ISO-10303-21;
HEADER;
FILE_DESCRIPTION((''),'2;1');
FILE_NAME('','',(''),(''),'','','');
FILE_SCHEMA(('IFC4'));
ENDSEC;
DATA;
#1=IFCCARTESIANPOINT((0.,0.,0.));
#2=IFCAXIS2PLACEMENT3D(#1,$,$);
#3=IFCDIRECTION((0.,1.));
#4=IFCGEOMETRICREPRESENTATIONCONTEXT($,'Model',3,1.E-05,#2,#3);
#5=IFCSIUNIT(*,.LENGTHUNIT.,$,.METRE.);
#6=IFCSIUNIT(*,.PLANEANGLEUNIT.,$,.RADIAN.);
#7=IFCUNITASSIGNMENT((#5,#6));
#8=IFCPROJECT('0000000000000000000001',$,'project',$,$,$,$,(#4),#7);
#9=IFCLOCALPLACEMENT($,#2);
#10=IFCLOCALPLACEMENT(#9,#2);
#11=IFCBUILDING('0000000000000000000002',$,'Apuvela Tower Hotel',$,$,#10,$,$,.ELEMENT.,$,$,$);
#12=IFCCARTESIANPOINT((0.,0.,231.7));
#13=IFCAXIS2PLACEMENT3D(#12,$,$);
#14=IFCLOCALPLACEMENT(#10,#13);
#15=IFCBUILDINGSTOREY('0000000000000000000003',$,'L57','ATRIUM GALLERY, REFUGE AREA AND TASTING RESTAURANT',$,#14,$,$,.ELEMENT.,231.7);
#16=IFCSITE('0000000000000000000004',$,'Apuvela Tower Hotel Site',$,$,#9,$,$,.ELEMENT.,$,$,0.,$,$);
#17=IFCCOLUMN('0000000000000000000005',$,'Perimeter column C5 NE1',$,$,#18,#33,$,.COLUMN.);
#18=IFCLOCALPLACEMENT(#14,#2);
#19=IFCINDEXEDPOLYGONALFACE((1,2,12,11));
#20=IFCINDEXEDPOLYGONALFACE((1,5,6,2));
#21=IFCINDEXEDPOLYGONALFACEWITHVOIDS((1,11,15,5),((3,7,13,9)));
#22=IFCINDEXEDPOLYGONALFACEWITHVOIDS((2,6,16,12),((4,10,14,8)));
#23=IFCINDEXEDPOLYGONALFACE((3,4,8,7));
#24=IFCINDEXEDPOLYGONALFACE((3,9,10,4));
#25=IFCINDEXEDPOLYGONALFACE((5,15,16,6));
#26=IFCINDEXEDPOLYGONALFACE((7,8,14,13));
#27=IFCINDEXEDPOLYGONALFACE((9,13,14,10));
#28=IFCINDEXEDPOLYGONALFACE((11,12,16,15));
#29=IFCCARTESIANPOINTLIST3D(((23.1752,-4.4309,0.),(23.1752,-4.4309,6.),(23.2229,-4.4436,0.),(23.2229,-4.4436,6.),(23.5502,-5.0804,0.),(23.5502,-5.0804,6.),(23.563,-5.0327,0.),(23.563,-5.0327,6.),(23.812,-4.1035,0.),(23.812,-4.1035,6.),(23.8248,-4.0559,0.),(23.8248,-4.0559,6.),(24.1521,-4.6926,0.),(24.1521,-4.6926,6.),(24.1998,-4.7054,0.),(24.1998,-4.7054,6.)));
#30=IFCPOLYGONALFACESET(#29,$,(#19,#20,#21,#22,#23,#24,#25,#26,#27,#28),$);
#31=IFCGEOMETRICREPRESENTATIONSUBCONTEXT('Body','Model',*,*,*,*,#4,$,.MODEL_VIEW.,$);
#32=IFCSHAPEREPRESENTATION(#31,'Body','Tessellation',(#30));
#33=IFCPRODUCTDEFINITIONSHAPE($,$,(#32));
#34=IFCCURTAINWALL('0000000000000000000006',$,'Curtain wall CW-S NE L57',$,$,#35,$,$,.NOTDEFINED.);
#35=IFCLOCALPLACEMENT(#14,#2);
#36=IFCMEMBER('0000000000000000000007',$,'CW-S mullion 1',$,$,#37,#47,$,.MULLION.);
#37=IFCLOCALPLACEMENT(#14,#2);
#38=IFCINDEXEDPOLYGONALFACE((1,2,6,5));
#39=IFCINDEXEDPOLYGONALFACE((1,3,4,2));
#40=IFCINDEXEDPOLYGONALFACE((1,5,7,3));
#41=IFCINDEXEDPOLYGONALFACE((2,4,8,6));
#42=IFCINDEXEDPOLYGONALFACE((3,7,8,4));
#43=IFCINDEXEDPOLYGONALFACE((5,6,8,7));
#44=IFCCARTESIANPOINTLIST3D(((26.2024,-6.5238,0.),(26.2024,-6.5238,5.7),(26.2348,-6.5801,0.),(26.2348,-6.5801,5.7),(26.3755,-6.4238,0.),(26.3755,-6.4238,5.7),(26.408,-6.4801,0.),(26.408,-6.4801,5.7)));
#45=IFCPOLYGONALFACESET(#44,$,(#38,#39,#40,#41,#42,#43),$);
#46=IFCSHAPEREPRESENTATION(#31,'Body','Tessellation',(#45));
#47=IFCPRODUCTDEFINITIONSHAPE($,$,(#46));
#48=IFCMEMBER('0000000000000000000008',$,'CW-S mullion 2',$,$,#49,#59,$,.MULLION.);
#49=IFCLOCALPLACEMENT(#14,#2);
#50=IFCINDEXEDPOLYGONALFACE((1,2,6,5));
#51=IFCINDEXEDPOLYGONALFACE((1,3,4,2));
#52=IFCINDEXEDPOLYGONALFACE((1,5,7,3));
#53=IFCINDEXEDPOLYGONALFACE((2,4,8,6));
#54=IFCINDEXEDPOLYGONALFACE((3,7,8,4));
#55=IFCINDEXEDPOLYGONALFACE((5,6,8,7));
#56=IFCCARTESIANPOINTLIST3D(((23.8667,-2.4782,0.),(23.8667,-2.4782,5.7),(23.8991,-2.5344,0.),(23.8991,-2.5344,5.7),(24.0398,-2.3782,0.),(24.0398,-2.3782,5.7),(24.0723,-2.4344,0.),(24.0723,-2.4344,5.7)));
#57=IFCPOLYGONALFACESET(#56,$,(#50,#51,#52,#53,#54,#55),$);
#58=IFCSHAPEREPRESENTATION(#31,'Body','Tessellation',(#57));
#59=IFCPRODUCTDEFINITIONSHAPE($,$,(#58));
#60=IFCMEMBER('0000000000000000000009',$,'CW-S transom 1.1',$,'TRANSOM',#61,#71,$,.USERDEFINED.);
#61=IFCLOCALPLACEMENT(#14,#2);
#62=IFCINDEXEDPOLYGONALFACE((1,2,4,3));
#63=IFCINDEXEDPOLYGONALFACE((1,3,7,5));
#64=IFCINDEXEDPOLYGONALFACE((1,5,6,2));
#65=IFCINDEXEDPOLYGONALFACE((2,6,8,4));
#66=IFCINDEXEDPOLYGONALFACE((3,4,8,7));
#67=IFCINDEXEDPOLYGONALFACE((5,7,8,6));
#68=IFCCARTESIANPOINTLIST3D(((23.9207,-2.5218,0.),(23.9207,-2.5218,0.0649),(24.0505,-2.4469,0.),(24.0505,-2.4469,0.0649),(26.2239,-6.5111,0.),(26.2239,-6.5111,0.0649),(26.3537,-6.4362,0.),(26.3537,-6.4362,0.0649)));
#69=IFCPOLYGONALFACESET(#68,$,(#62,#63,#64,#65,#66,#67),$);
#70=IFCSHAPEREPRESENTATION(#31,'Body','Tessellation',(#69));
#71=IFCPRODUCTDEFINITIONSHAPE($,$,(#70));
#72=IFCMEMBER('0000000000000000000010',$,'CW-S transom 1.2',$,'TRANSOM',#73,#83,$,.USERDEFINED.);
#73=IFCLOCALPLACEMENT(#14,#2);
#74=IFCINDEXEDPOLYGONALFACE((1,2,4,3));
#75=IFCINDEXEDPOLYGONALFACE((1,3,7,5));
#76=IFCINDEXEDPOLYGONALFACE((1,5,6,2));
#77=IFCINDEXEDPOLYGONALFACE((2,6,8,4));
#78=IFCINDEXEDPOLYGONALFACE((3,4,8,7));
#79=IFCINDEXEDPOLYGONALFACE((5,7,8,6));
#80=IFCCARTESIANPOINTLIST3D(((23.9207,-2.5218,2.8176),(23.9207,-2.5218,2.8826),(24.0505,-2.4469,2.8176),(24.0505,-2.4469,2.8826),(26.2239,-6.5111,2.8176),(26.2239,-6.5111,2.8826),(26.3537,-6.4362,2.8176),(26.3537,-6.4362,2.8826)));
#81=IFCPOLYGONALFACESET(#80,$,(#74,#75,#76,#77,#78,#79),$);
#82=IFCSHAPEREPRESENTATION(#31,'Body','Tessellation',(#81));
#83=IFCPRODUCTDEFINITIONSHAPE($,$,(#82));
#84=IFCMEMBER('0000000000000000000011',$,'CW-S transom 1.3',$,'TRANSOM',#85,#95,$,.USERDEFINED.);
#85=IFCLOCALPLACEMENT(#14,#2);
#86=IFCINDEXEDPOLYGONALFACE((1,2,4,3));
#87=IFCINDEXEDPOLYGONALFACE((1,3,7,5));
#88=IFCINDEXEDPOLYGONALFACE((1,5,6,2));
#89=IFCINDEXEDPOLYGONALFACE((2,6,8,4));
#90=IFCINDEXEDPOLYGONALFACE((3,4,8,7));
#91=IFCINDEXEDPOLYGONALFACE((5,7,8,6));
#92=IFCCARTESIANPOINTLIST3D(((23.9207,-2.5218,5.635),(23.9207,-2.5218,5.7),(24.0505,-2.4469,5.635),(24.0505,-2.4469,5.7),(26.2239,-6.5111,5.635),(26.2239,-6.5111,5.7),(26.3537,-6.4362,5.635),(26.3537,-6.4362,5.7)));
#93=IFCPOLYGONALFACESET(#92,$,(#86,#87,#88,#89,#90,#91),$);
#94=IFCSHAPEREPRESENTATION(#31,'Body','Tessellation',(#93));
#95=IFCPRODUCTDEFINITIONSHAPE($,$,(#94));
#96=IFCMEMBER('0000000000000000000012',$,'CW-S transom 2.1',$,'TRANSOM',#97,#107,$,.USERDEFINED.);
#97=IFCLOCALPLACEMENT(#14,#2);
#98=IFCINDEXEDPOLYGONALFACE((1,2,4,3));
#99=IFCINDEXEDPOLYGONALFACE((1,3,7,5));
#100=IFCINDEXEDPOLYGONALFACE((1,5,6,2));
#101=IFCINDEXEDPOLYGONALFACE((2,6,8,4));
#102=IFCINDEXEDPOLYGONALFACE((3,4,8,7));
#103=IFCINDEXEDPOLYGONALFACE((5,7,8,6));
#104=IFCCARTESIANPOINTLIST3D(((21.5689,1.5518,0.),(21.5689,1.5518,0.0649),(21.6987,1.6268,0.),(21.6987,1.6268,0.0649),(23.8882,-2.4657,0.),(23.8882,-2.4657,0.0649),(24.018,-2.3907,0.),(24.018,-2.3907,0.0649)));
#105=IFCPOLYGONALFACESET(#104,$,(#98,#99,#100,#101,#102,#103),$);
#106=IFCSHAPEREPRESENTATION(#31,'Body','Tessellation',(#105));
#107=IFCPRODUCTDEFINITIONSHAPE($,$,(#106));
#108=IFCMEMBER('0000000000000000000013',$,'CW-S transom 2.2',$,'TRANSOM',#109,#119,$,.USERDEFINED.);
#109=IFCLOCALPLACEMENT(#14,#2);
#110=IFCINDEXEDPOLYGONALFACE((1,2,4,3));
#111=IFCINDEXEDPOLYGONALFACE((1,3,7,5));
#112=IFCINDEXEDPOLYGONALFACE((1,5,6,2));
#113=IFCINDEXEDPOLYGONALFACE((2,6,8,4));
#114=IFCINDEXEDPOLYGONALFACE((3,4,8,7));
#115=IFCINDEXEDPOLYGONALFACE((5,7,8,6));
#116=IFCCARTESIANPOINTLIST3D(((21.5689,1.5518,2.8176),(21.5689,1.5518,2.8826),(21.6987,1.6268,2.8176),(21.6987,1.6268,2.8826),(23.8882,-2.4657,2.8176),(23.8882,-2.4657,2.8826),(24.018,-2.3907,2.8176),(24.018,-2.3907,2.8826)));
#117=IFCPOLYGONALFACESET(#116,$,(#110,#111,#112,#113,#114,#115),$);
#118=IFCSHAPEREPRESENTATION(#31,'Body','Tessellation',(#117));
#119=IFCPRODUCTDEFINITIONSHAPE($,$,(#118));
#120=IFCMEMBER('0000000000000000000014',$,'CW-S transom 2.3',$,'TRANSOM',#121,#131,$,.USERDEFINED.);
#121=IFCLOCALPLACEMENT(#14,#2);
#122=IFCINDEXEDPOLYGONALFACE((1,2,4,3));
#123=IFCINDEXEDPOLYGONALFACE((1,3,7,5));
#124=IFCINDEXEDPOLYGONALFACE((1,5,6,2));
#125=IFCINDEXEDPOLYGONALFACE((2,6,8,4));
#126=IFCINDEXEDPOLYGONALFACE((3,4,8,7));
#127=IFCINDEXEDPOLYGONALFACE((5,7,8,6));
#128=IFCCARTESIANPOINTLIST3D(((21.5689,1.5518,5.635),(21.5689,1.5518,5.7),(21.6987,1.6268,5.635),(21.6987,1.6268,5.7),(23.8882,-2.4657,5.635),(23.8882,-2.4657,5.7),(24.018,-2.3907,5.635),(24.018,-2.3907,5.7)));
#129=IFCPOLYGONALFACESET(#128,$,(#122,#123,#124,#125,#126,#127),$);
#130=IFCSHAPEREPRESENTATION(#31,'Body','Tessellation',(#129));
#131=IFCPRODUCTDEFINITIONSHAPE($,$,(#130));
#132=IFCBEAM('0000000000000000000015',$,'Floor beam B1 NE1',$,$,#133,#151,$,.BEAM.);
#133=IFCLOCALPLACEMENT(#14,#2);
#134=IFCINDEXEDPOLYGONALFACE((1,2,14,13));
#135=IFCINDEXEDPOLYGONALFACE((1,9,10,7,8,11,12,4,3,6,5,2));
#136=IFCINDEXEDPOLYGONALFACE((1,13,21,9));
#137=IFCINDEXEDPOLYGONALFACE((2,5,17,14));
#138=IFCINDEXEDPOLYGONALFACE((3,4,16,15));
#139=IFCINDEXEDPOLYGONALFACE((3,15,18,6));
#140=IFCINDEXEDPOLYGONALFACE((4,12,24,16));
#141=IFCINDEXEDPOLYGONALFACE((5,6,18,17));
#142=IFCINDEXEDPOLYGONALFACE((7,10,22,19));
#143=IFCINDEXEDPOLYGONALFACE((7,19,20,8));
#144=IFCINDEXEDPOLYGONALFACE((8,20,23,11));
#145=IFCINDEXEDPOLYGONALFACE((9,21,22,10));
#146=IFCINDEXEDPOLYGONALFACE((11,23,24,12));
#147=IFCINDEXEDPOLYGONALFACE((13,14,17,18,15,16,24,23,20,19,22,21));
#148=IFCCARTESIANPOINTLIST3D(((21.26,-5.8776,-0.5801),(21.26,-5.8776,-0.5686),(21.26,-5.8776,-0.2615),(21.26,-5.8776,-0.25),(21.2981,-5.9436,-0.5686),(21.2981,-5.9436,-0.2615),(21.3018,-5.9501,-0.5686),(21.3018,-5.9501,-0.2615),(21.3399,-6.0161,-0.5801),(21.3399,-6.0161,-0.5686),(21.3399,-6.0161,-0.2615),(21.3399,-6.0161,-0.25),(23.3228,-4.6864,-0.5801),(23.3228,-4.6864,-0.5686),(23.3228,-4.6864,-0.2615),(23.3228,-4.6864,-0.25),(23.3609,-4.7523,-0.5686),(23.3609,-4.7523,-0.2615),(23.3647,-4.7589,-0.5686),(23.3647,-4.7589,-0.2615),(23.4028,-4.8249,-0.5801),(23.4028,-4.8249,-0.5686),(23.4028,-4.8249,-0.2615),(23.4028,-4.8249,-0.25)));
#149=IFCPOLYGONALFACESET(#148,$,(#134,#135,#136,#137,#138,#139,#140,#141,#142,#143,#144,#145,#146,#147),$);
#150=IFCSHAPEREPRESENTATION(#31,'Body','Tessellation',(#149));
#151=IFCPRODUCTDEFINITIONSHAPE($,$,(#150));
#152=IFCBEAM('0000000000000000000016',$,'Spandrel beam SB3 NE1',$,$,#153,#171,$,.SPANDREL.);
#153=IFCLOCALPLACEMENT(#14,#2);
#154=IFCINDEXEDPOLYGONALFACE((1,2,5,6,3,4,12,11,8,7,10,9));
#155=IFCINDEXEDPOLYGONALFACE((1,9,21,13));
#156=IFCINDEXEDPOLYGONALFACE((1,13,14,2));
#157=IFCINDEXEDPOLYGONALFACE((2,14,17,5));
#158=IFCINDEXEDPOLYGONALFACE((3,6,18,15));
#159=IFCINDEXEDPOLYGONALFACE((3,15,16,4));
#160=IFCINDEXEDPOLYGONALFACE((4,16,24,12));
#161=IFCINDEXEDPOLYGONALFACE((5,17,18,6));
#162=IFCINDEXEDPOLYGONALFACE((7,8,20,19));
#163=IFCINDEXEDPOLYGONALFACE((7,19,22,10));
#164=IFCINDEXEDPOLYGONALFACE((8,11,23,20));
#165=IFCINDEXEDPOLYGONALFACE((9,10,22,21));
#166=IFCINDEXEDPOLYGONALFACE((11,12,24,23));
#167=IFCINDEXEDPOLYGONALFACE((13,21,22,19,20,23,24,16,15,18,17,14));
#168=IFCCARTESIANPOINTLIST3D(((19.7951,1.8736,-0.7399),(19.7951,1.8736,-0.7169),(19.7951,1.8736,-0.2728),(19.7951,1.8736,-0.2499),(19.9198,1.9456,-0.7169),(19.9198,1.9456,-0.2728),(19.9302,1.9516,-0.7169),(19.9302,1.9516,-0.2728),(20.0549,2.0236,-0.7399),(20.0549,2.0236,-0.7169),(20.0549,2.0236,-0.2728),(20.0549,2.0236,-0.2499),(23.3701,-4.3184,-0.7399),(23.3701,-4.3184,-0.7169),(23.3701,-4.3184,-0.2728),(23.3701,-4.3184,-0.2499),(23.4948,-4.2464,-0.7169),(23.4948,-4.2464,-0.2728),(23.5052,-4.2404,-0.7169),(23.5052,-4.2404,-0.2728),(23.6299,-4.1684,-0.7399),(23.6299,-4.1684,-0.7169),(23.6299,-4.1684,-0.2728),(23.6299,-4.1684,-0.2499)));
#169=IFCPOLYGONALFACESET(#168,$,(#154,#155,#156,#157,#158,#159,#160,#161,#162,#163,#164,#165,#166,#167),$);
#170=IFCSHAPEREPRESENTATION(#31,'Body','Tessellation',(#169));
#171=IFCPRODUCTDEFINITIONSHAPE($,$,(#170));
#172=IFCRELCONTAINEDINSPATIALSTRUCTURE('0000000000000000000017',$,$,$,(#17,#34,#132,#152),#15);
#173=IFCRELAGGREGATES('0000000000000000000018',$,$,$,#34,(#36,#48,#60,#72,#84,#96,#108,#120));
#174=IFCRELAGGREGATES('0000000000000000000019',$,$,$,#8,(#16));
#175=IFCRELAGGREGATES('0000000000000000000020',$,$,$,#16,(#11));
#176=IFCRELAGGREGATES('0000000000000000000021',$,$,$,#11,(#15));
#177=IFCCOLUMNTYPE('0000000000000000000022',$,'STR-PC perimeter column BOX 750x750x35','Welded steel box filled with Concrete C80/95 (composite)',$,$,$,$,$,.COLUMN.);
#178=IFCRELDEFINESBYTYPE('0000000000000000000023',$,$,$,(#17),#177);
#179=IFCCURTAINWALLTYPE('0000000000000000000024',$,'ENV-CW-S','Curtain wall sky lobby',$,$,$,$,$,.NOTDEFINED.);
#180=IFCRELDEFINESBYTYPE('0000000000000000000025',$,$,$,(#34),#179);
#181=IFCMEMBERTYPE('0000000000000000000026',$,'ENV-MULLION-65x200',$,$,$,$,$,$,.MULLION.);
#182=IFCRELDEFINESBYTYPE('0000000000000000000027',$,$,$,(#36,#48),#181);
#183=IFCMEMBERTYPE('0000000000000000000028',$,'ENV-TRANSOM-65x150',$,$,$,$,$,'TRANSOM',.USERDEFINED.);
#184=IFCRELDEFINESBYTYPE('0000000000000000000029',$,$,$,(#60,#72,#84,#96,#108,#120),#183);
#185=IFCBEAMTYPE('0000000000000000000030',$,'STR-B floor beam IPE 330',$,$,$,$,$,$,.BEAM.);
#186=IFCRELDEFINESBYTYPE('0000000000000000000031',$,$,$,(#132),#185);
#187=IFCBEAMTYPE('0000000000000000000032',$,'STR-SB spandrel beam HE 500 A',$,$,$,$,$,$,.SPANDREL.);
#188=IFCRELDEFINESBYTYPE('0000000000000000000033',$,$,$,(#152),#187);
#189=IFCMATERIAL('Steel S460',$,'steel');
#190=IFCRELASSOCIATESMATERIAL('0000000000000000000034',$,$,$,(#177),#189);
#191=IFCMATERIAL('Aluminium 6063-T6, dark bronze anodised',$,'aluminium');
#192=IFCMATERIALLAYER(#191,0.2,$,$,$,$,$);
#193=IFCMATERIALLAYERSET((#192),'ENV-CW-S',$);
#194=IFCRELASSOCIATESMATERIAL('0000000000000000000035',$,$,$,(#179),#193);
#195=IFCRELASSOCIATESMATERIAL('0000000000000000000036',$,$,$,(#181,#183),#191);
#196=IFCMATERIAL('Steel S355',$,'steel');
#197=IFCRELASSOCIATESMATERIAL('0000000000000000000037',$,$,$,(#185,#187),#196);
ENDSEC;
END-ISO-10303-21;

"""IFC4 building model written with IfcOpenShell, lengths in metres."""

from ifc_helpers import new_model, si_unit, direction, frame, origin, origin_2d, place, context, subcontext, project, spatial, rectangle, hollow_rectangle, i_section, extrude, material, layer, layer_set, material_profile, profile_set, type_object, element, aggregate, save


model = new_model("IFC4")

# Units and contexts
model_context = context("Model", 3, precision=1e-05, world=origin(), true_north=direction((0.0, 1.0)))
body_context = subcontext(model_context, "Body", "Model", "MODEL_VIEW")
ifc_project = project(units=[si_unit("LENGTHUNIT", "METRE"), si_unit("PLANEANGLEUNIT", "RADIAN")], contexts=[model_context])

# Site, building, storey
site_placement = place(None, origin())
site = spatial("IfcSite", under=ifc_project, at=site_placement, Name="Apuvela Tower Hotel Site", CompositionType="ELEMENT", RefElevation=0.0)
building_placement = place(site_placement, origin())
building = spatial("IfcBuilding", under=site, at=building_placement, Name="Apuvela Tower Hotel", CompositionType="ELEMENT")
storey_placement = place(building_placement, frame((0.0, 0.0, 231.7)))
storey = spatial("IfcBuildingStorey", under=building, at=storey_placement, Name="L57", Description="ATRIUM GALLERY, REFUGE AREA AND TASTING RESTAURANT", CompositionType="ELEMENT", Elevation=231.7)

# Column
ifc_material_1 = material(Name="Steel S460", Category="steel")
ifc_material_profile_1 = material_profile(ifc_material_1, hollow_rectangle(XDim=0.75, YDim=0.75, WallThickness=0.0349, at=origin_2d()), Name="BOX 750x750x35")
ifc_material_2 = material(Name="Concrete C80/95", Category="concrete")
ifc_material_profile_2 = material_profile(ifc_material_2, rectangle(XDim=0.6799, YDim=0.6799, at=origin_2d()), Name="Concrete C80/95 infill")
ifc_profile_set_1 = profile_set([ifc_material_profile_1, ifc_material_profile_2], Name="Steel S460")
column_type = type_object("IfcColumnType", Name="STR-PC perimeter column BOX 750x750x35", Description="Welded steel box filled with Concrete C80/95 (composite)", PredefinedType="COLUMN", material=ifc_profile_set_1)
column_placement = place(storey_placement, frame((23.6875, -4.5681, 0.0), z_axis=(0.0, 0.0, 1.0), x_axis=(-0.5, 0.866025, 0.0)))
element("IfcColumn", 1, at=column_placement, inside=storey, type_object=column_type, Name="Perimeter column C5 NE1", PredefinedType="COLUMN", context=body_context, shape_type="SweptSolid", body=[
    extrude(hollow_rectangle(XDim=0.75, YDim=0.75, WallThickness=0.0349, at=origin_2d()), origin(), (0.0, 0.0, 1.0), 6.0),
])

# Curtain wall, members
ifc_material_3 = material(Name="Aluminium 6063-T6, dark bronze anodised", Category="aluminium")
ifc_layer_1 = layer(ifc_material_3, 0.2)
ifc_layer_set_1 = layer_set([ifc_layer_1], Name="ENV-CW-S")
curtain_wall_type = type_object("IfcCurtainWallType", Name="ENV-CW-S", Description="Curtain wall sky lobby", PredefinedType="NOTDEFINED", material=ifc_layer_set_1)
curtain_wall_placement = place(storey_placement, origin())
curtain_wall = element("IfcCurtainWall", 2, at=curtain_wall_placement, inside=storey, type_object=curtain_wall_type, Name="Curtain wall CW-S NE L57", PredefinedType="NOTDEFINED")
ifc_material_profile_3 = material_profile(ifc_material_3, rectangle(XDim=0.2, YDim=0.0649, at=origin_2d()), Name="AL 65x200")
ifc_profile_set_2 = profile_set([ifc_material_profile_3], Name="Aluminium 6063-T6, dark bronze anodised")
member_type_1 = type_object("IfcMemberType", Name="ENV-MULLION-65x200", PredefinedType="MULLION", material=ifc_profile_set_2)
member_1_placement = place(storey_placement, frame((26.3052, -6.502, 0.0), z_axis=(0.0, 0.0, 1.0), x_axis=(-0.866026, -0.499999, 0.0)))
member_1 = element("IfcMember", 3, at=member_1_placement, type_object=member_type_1, Name="CW-S mullion 1", PredefinedType="MULLION", context=body_context, shape_type="SweptSolid", body=[
    extrude(rectangle(XDim=0.2, YDim=0.0649, at=origin_2d()), origin(), (0.0, 0.0, 1.0), 5.7),
])
member_2_placement = place(storey_placement, frame((23.9695, -2.4563, 0.0), z_axis=(0.0, 0.0, 1.0), x_axis=(-0.866026, -0.499999, 0.0)))
member_2 = element("IfcMember", 4, at=member_2_placement, type_object=member_type_1, Name="CW-S mullion 2", PredefinedType="MULLION", context=body_context, shape_type="SweptSolid", body=[
    extrude(rectangle(XDim=0.2, YDim=0.0649, at=origin_2d()), origin(), (0.0, 0.0, 1.0), 5.7),
])
ifc_material_profile_4 = material_profile(ifc_material_3, rectangle(XDim=0.1499, YDim=0.0649, at=origin_2d()), Name="AL 65x150 transom")
ifc_profile_set_3 = profile_set([ifc_material_profile_4], Name="Aluminium 6063-T6, dark bronze anodised")
member_type_2 = type_object("IfcMemberType", Name="ENV-TRANSOM-65x150", ElementType="TRANSOM", PredefinedType="USERDEFINED", material=ifc_profile_set_3)
member_3_placement = place(storey_placement, frame((26.2888, -6.4736, 0.0325), z_axis=(-0.500004, 0.866023, 0.0), x_axis=(-0.866023, -0.500004, 0.0)))
member_3 = element("IfcMember", 5, at=member_3_placement, type_object=member_type_2, Name="CW-S transom 1.1", ObjectType="TRANSOM", PredefinedType="USERDEFINED", context=body_context, shape_type="SweptSolid", body=[
    extrude(rectangle(XDim=0.1499, YDim=0.0649, at=origin_2d()), origin(), (0.0, 0.0, 1.0), 4.6064),
])
member_4_placement = place(storey_placement, frame((26.2888, -6.4736, 2.8501), z_axis=(-0.500004, 0.866023, 0.0), x_axis=(-0.866023, -0.500004, 0.0)))
member_4 = element("IfcMember", 6, at=member_4_placement, type_object=member_type_2, Name="CW-S transom 1.2", ObjectType="TRANSOM", PredefinedType="USERDEFINED", context=body_context, shape_type="SweptSolid", body=[
    extrude(rectangle(XDim=0.1499, YDim=0.0649, at=origin_2d()), origin(), (0.0, 0.0, 1.0), 4.6064),
])
member_5_placement = place(storey_placement, frame((26.2888, -6.4736, 5.6675), z_axis=(-0.500004, 0.866023, 0.0), x_axis=(-0.866023, -0.500004, 0.0)))
member_5 = element("IfcMember", 7, at=member_5_placement, type_object=member_type_2, Name="CW-S transom 1.3", ObjectType="TRANSOM", PredefinedType="USERDEFINED", context=body_context, shape_type="SweptSolid", body=[
    extrude(rectangle(XDim=0.1499, YDim=0.0649, at=origin_2d()), origin(), (0.0, 0.0, 1.0), 4.6064),
])
member_6_placement = place(storey_placement, frame((23.9531, -2.4282, 0.0325), z_axis=(-0.499965, 0.866045, 0.0), x_axis=(-0.866045, -0.499965, 0.0)))
member_6 = element("IfcMember", 8, at=member_6_placement, type_object=member_type_2, Name="CW-S transom 2.1", ObjectType="TRANSOM", PredefinedType="USERDEFINED", context=body_context, shape_type="SweptSolid", body=[
    extrude(rectangle(XDim=0.1499, YDim=0.0649, at=origin_2d()), origin(), (0.0, 0.0, 1.0), 4.6389),
])
member_7_placement = place(storey_placement, frame((23.9531, -2.4282, 2.8501), z_axis=(-0.499965, 0.866045, 0.0), x_axis=(-0.866045, -0.499965, 0.0)))
member_7 = element("IfcMember", 9, at=member_7_placement, type_object=member_type_2, Name="CW-S transom 2.2", ObjectType="TRANSOM", PredefinedType="USERDEFINED", context=body_context, shape_type="SweptSolid", body=[
    extrude(rectangle(XDim=0.1499, YDim=0.0649, at=origin_2d()), origin(), (0.0, 0.0, 1.0), 4.6389),
])
member_8_placement = place(storey_placement, frame((23.9531, -2.4282, 5.6675), z_axis=(-0.499965, 0.866045, 0.0), x_axis=(-0.866045, -0.499965, 0.0)))
member_8 = element("IfcMember", 10, at=member_8_placement, type_object=member_type_2, Name="CW-S transom 2.3", ObjectType="TRANSOM", PredefinedType="USERDEFINED", context=body_context, shape_type="SweptSolid", body=[
    extrude(rectangle(XDim=0.1499, YDim=0.0649, at=origin_2d()), origin(), (0.0, 0.0, 1.0), 4.6389),
])

# Beams
ifc_material_4 = material(Name="Steel S355", Category="steel")
ifc_material_profile_5 = material_profile(ifc_material_4, i_section(OverallWidth=0.1599, OverallDepth=0.3301, WebThickness=0.0076, FlangeThickness=0.0115, at=origin_2d()), Name="IPE 330")
ifc_profile_set_4 = profile_set([ifc_material_profile_5], Name="Steel S355")
beam_type_1 = type_object("IfcBeamType", Name="STR-B floor beam IPE 330", PredefinedType="BEAM", material=ifc_profile_set_4)
beam_1_placement = place(storey_placement, frame((23.3628, -4.7556, -0.415), z_axis=(-0.865982, -0.500074, 0.0), x_axis=(0.500074, -0.865982, 0.0)))
element("IfcBeam", 11, at=beam_1_placement, inside=storey, type_object=beam_type_1, Name="Floor beam B1 NE1", PredefinedType="BEAM", context=body_context, shape_type="SweptSolid", body=[
    extrude(i_section(OverallWidth=0.1599, OverallDepth=0.3301, WebThickness=0.0076, FlangeThickness=0.0115, at=origin_2d()), origin(), (0.0, 0.0, 1.0), 2.3821),
])
ifc_material_profile_6 = material_profile(ifc_material_4, i_section(OverallWidth=0.3, OverallDepth=0.49, WebThickness=0.012, FlangeThickness=0.0229, at=origin_2d()), Name="HE 500 A")
ifc_profile_set_5 = profile_set([ifc_material_profile_6], Name="Steel S355")
beam_type_2 = type_object("IfcBeamType", Name="STR-SB spandrel beam HE 500 A", PredefinedType="SPANDREL", material=ifc_profile_set_5)
beam_2_placement = place(storey_placement, frame((23.5, -4.2434, -0.4949), z_axis=(-0.500006, 0.866022, 0.0), x_axis=(-0.866022, -0.500006, 0.0)))
element("IfcBeam", 12, at=beam_2_placement, inside=storey, type_object=beam_type_2, Name="Spandrel beam SB3 NE1", PredefinedType="SPANDREL", context=body_context, shape_type="SweptSolid", body=[
    extrude(i_section(OverallWidth=0.3, OverallDepth=0.49, WebThickness=0.012, FlangeThickness=0.0229, at=origin_2d()), origin(), (0.0, 0.0, 1.0), 7.1499),
])

aggregate(curtain_wall, [member_1, member_2, member_3, member_4, member_5, member_6, member_7, member_8])

save(model, "model.ifc")
